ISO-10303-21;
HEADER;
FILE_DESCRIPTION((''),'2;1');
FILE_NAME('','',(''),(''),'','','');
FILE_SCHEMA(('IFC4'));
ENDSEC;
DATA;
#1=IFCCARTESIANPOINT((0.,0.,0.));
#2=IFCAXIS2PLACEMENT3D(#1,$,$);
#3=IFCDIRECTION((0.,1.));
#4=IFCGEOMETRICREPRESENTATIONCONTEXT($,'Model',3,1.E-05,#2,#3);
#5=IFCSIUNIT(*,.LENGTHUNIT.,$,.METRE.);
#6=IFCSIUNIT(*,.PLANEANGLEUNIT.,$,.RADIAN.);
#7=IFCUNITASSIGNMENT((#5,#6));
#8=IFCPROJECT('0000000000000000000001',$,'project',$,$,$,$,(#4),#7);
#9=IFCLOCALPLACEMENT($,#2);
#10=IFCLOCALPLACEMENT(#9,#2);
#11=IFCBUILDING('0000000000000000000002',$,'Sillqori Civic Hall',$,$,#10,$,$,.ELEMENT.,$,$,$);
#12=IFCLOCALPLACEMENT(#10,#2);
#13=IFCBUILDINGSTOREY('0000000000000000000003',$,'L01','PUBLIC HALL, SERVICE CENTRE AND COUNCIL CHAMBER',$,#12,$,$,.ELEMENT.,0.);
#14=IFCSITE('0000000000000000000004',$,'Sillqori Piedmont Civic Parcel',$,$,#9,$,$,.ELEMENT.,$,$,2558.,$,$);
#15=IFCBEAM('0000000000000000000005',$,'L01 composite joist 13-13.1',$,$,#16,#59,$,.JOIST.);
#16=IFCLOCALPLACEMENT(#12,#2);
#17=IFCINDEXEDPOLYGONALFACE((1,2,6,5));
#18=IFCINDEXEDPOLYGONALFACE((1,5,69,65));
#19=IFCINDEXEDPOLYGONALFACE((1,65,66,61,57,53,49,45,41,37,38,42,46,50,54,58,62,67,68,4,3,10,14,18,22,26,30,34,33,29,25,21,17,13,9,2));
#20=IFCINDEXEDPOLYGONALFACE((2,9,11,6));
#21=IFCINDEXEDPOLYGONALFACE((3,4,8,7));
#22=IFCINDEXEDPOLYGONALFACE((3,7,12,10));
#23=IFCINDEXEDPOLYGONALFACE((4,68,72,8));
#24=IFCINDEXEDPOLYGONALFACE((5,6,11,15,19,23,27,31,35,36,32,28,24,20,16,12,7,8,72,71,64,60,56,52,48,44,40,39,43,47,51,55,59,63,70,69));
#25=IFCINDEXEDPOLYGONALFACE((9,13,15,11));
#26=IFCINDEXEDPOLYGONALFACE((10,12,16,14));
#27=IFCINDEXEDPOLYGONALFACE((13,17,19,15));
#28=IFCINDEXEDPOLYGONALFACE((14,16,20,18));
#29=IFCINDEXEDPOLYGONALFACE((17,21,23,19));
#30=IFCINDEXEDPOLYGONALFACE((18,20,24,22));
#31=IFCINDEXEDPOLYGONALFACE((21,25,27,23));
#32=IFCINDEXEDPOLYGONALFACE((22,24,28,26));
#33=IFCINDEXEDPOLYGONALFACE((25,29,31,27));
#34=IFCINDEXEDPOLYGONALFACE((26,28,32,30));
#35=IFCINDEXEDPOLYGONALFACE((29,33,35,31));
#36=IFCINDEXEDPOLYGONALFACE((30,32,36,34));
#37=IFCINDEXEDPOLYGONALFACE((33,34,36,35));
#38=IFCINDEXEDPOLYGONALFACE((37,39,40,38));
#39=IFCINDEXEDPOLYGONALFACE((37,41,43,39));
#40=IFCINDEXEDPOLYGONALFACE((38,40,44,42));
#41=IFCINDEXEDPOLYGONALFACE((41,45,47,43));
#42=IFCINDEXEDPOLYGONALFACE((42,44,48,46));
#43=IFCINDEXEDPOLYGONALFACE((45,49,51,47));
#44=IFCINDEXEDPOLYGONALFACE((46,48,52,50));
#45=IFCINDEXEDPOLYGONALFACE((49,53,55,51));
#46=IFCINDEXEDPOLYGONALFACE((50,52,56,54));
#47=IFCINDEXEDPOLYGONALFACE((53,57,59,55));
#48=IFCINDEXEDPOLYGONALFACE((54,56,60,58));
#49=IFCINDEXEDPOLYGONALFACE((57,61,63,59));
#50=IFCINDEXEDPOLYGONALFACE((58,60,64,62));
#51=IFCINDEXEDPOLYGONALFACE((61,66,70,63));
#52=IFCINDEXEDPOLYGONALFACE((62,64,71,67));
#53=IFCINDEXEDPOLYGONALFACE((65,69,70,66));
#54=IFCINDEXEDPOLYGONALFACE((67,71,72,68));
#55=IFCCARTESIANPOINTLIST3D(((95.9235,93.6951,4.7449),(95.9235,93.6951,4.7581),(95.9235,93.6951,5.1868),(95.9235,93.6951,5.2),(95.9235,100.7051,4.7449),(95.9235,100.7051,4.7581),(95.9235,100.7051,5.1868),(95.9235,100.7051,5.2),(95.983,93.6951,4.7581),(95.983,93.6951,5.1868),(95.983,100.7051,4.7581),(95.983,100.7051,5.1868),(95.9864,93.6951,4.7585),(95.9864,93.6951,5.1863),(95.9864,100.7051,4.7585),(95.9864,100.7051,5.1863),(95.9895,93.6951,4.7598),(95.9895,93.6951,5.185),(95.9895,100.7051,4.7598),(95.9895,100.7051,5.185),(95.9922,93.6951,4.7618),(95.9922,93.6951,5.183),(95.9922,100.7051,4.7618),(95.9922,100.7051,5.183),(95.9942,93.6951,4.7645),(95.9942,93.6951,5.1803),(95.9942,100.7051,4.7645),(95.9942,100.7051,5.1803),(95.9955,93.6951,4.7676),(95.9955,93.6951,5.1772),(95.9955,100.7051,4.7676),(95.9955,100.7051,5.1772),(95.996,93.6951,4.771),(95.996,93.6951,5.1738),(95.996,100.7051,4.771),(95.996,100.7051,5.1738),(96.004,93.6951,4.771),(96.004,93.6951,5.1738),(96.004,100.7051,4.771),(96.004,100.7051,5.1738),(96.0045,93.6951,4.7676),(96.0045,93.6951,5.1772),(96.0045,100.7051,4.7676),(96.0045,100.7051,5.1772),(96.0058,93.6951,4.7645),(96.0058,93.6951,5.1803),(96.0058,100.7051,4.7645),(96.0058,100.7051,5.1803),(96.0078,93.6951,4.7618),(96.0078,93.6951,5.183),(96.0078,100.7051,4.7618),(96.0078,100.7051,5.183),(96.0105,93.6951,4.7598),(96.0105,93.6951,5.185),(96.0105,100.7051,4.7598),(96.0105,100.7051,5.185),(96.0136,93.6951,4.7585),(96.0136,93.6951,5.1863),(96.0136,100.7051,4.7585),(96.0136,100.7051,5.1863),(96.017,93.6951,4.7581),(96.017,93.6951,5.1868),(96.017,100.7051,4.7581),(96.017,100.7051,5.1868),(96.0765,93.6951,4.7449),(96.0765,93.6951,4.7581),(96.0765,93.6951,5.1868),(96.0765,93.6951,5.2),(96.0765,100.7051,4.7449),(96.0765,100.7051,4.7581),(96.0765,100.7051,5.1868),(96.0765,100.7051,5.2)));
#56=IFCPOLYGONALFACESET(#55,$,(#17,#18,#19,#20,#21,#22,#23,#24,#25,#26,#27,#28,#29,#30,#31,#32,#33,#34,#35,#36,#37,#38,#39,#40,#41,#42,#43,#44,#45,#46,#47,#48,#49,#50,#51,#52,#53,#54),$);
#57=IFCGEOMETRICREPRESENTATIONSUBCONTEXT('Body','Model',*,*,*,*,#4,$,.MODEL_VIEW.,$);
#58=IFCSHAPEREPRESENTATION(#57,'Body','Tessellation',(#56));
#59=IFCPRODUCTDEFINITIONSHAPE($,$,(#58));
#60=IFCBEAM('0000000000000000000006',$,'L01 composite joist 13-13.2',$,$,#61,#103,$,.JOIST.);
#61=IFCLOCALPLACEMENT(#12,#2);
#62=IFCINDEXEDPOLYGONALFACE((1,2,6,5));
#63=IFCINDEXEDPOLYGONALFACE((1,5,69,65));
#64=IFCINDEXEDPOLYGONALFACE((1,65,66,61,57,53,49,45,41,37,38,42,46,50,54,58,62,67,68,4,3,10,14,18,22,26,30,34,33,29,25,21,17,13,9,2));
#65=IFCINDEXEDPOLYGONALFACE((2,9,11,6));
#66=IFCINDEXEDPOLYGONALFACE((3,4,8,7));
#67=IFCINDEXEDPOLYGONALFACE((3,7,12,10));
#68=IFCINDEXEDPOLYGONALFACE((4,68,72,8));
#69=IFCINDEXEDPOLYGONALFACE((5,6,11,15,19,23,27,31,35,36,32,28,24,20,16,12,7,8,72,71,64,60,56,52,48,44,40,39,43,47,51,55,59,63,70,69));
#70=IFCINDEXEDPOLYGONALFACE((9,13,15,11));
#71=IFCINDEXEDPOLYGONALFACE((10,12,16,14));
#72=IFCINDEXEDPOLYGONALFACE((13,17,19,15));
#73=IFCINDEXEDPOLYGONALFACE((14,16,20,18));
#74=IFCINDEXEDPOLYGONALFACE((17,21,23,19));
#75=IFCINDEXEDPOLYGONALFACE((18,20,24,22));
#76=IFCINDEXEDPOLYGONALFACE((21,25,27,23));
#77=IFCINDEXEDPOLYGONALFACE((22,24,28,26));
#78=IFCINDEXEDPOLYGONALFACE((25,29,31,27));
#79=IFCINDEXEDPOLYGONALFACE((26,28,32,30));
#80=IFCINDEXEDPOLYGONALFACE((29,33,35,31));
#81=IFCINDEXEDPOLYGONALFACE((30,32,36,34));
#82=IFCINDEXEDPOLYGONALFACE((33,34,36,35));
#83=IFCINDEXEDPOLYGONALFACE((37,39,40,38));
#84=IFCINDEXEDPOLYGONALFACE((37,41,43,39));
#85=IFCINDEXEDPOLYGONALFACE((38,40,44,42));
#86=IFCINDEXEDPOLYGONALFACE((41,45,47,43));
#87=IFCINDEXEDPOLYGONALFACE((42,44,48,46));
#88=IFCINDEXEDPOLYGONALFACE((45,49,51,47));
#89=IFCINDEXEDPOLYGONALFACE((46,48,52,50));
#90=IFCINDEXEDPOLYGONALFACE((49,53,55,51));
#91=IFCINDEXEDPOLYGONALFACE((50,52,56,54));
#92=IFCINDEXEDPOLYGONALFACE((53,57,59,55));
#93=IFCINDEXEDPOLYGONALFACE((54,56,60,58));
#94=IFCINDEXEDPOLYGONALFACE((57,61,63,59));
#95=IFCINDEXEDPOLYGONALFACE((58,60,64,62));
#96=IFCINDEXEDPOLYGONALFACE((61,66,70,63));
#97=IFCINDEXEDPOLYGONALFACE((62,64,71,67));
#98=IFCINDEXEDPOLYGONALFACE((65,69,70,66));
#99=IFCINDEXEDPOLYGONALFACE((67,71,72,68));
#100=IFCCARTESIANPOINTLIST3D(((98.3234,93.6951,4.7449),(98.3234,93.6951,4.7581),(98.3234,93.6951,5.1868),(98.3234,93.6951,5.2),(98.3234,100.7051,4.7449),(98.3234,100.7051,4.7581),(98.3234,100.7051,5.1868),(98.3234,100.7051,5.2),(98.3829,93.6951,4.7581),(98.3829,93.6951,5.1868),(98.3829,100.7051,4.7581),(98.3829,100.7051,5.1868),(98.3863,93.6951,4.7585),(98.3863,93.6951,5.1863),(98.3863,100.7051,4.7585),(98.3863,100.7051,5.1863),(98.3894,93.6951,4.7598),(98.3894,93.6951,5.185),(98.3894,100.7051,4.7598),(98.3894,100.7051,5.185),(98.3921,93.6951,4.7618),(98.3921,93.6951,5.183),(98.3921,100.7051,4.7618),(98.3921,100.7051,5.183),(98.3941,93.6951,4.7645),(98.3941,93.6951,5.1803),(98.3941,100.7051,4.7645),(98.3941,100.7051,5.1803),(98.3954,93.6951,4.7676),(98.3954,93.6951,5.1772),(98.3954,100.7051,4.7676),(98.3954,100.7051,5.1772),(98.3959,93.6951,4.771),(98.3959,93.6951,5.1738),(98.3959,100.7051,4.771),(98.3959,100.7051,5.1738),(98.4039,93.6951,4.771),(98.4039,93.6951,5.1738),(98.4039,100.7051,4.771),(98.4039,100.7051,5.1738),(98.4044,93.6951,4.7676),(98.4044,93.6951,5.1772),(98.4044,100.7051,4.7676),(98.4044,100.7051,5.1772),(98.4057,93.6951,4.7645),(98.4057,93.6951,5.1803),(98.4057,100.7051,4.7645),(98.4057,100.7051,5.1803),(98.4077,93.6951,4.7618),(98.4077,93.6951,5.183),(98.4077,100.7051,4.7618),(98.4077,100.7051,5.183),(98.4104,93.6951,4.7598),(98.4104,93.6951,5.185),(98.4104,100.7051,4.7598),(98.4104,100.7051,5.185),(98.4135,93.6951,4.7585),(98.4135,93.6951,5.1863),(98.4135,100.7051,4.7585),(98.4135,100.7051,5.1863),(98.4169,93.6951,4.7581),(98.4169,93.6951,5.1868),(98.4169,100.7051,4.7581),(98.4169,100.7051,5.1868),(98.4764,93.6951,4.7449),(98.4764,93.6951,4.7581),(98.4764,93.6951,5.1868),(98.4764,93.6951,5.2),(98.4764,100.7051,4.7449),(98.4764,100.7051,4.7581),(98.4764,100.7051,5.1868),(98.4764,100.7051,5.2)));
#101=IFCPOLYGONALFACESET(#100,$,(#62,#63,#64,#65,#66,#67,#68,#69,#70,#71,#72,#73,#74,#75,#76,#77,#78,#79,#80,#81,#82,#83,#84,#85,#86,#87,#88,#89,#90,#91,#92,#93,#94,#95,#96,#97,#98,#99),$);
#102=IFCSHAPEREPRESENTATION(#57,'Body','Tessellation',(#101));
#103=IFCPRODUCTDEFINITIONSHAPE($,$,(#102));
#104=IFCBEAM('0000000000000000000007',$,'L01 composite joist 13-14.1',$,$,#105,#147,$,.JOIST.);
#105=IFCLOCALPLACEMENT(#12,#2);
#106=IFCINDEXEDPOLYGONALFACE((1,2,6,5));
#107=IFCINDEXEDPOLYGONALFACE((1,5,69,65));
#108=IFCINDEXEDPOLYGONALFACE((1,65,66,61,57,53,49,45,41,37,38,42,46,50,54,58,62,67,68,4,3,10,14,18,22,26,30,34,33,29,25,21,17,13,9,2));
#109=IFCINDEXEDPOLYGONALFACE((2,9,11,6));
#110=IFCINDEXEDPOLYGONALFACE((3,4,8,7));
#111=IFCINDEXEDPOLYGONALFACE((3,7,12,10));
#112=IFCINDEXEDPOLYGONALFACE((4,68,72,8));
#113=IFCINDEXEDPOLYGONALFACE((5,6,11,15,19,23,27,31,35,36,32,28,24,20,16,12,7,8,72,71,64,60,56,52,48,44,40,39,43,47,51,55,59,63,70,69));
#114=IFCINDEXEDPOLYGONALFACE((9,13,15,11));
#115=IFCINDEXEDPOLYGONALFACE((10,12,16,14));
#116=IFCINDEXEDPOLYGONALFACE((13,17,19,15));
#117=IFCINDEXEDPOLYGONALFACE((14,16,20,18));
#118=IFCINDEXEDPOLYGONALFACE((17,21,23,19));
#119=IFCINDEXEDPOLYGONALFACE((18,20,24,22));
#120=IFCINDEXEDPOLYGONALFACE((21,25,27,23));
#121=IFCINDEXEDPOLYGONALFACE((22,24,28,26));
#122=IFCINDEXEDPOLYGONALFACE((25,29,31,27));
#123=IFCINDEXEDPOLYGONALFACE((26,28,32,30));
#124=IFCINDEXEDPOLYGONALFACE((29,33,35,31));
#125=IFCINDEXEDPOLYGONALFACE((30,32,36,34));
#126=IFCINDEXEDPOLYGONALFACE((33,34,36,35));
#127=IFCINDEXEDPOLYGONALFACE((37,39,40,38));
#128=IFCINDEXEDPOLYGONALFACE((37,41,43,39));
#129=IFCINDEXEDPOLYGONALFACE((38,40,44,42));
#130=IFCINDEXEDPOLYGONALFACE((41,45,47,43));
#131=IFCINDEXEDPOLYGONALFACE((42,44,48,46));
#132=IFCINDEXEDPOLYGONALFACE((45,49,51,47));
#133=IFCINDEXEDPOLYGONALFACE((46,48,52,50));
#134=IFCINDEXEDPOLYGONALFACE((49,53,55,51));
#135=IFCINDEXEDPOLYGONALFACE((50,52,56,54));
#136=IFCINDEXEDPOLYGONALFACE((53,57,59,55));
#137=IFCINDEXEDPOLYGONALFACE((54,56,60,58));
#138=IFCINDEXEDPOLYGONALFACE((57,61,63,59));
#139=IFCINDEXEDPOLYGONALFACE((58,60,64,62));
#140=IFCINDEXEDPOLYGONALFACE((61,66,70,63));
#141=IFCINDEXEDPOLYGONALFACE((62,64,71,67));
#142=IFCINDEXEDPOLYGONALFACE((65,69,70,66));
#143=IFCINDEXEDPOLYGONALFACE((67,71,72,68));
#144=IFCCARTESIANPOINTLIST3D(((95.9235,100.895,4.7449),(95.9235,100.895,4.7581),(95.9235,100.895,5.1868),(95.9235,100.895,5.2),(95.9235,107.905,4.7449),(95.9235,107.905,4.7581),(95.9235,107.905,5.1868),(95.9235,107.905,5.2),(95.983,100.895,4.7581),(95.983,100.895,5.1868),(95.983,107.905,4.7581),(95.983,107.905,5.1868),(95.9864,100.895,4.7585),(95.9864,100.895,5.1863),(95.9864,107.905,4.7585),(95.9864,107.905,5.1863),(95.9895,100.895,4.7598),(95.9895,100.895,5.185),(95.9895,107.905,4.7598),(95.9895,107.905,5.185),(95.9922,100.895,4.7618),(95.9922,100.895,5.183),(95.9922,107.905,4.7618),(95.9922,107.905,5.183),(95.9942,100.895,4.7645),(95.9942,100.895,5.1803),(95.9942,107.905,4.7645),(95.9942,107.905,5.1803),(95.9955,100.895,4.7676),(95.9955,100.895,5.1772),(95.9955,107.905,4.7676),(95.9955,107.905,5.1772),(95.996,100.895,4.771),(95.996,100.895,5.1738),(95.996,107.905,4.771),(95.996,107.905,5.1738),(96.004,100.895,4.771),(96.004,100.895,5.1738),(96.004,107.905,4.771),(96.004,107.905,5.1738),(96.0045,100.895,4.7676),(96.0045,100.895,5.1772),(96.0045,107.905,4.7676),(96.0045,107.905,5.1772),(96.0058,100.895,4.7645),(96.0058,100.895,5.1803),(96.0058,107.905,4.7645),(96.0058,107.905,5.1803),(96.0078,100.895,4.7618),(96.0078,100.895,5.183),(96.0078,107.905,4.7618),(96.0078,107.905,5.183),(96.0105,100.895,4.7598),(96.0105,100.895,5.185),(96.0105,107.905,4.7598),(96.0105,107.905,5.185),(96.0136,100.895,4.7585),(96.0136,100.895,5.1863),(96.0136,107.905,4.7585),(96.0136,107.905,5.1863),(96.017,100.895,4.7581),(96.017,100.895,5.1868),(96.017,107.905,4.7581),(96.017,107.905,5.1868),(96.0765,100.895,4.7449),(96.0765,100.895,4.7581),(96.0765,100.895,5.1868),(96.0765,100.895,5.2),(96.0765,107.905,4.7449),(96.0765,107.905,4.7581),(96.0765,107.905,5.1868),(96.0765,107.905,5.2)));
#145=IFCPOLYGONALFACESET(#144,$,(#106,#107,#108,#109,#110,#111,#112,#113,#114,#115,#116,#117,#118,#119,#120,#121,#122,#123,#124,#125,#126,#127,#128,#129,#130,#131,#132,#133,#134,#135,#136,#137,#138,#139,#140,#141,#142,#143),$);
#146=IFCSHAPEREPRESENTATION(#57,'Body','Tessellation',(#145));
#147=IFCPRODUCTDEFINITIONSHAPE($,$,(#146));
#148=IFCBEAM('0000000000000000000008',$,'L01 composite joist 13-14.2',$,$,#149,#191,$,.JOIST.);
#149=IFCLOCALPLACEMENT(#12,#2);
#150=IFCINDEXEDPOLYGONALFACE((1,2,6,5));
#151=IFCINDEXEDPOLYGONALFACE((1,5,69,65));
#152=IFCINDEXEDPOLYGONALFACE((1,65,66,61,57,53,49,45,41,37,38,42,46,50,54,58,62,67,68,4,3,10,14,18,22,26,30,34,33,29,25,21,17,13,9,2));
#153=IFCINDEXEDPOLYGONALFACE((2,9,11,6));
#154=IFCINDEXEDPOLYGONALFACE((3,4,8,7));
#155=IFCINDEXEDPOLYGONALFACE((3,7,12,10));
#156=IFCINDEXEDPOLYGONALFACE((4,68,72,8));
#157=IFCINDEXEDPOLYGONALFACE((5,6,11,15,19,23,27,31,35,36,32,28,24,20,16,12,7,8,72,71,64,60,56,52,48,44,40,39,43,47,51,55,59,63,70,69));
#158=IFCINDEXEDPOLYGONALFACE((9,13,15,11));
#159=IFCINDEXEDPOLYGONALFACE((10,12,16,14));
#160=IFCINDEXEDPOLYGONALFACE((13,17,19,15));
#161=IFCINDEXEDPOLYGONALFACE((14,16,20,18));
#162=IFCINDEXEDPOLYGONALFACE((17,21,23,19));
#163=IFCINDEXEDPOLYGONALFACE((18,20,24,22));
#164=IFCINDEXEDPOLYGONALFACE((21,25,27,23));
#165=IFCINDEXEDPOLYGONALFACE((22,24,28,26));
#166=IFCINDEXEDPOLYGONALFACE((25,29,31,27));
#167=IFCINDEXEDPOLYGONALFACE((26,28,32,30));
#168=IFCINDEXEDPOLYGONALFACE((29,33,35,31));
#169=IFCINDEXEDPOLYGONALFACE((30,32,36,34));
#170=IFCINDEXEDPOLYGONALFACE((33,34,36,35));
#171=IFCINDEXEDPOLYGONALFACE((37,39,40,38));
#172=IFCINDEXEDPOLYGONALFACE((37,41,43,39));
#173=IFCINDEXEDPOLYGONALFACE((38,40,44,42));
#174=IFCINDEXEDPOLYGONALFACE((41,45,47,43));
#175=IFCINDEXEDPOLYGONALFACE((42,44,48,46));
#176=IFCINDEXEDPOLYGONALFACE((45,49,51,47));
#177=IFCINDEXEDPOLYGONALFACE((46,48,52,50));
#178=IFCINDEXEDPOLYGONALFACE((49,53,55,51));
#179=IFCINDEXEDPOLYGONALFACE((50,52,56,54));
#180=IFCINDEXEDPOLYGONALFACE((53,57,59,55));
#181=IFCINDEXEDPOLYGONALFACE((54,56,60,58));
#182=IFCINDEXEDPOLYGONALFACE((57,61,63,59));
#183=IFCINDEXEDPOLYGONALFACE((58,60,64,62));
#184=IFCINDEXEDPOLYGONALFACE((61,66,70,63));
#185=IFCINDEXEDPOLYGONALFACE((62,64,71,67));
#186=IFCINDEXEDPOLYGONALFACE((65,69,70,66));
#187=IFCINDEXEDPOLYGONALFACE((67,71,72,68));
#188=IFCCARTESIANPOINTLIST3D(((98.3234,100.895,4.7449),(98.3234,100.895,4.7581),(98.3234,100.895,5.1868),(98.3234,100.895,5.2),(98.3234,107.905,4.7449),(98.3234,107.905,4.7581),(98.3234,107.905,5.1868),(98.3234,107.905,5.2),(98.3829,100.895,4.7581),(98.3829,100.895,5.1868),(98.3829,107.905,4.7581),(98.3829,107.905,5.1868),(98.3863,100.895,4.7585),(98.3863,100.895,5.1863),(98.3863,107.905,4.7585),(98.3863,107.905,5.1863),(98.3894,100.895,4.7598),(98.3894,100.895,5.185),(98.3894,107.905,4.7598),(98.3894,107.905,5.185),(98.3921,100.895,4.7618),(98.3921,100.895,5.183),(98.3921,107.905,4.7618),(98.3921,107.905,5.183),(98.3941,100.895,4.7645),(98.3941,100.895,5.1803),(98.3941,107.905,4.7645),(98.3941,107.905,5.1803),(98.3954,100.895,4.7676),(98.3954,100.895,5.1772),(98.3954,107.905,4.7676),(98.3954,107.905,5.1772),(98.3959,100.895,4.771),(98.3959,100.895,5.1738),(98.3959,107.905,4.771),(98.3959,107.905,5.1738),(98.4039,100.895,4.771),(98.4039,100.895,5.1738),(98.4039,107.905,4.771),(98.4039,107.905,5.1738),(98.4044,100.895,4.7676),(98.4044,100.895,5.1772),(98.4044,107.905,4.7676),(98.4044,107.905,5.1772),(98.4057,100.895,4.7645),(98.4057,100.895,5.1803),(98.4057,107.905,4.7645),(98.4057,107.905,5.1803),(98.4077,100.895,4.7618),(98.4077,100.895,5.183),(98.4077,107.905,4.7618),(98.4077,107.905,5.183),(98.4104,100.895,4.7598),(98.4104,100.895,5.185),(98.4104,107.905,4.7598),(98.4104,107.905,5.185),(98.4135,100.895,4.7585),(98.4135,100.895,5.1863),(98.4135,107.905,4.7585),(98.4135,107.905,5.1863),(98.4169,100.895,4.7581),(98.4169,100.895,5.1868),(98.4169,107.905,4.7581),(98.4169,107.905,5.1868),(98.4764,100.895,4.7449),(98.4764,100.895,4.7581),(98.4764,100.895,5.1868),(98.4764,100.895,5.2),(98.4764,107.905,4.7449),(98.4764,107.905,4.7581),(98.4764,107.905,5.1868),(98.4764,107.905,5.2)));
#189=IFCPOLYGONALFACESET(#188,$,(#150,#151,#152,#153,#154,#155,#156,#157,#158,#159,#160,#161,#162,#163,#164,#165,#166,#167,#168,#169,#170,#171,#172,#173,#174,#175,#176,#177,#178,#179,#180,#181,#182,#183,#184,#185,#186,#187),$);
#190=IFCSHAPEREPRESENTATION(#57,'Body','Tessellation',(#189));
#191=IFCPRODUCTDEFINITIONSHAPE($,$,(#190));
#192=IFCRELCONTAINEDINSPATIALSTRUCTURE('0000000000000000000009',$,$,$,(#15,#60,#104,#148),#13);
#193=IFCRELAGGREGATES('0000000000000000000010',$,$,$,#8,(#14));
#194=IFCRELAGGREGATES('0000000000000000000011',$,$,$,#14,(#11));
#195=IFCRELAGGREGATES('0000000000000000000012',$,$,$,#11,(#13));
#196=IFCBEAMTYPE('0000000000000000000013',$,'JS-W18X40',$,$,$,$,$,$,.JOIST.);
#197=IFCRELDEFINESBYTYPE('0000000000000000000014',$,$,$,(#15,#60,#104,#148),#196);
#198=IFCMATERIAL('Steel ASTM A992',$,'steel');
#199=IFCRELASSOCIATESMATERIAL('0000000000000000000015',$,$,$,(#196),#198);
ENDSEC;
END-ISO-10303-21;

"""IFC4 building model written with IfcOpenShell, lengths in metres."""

from ifc_helpers import new_model, si_unit, direction, frame, origin, origin_2d, place, context, subcontext, project, spatial, i_section, extrude, material, material_profile, profile_set, type_object, element, save


model = new_model("IFC4")

# Units and contexts
model_context = context("Model", 3, precision=1e-05, world=origin(), true_north=direction((0.0, 1.0)))
body_context = subcontext(model_context, "Body", "Model", "MODEL_VIEW")
ifc_project = project(units=[si_unit("LENGTHUNIT", "METRE"), si_unit("PLANEANGLEUNIT", "RADIAN")], contexts=[model_context])

# Site, building, storey
site_placement = place(None, origin())
site = spatial("IfcSite", under=ifc_project, at=site_placement, Name="Sillqori Piedmont Civic Parcel", CompositionType="ELEMENT", RefElevation=2558.0)
building_placement = place(site_placement, origin())
building = spatial("IfcBuilding", under=site, at=building_placement, Name="Sillqori Civic Hall", CompositionType="ELEMENT")
storey_placement = place(building_placement, origin())
storey = spatial("IfcBuildingStorey", under=building, at=storey_placement, Name="L01", Description="PUBLIC HALL, SERVICE CENTRE AND COUNCIL CHAMBER", CompositionType="ELEMENT", Elevation=0.0)

# Shared definitions
ifc_material_1 = material(Name="Steel ASTM A992", Category="steel")

# Beams
ifc_material_profile_1 = material_profile(ifc_material_1, i_section(OverallWidth=0.1531, OverallDepth=0.4551, WebThickness=0.0081, FlangeThickness=0.0132, FilletRadius=0.0129, at=origin_2d()), Name="W18X40")
ifc_profile_set_1 = profile_set([ifc_material_profile_1], Name="Steel ASTM A992")
beam_type_1 = type_object("IfcBeamType", Name="JS-W18X40", PredefinedType="JOIST", material=ifc_profile_set_1)
for number, where, z_axis, x_axis, name in (
    (1, (96.0, 93.6951, 4.9724), (0.0, 1.0, 0.0), (-1.0, 0.0, 0.0), "L01 composite joist 13-13.1"),
    (2, (98.3999, 93.6951, 4.9724), (0.0, 1.0, 0.0), (-1.0, 0.0, 0.0), "L01 composite joist 13-13.2"),
    (3, (96.0, 100.895, 4.9724), (0.0, 1.0, 0.0), (-1.0, 0.0, 0.0), "L01 composite joist 13-14.1"),
    (4, (98.3999, 100.895, 4.9724), (0.0, 1.0, 0.0), (-1.0, 0.0, 0.0), "L01 composite joist 13-14.2"),
):
    element("IfcBeam", number, at=place(storey_placement, frame(where, z_axis=z_axis, x_axis=x_axis)), inside=storey, type_object=beam_type_1, Name=name, PredefinedType="JOIST", context=body_context, shape_type="SweptSolid", body=[
        extrude(i_section(OverallWidth=0.1531, OverallDepth=0.4551, WebThickness=0.0081, FlangeThickness=0.0132, FilletRadius=0.0129, at=origin_2d()), origin(), (0.0, 0.0, 1.0), 7.01),
    ])

save(model, "model.ifc")
